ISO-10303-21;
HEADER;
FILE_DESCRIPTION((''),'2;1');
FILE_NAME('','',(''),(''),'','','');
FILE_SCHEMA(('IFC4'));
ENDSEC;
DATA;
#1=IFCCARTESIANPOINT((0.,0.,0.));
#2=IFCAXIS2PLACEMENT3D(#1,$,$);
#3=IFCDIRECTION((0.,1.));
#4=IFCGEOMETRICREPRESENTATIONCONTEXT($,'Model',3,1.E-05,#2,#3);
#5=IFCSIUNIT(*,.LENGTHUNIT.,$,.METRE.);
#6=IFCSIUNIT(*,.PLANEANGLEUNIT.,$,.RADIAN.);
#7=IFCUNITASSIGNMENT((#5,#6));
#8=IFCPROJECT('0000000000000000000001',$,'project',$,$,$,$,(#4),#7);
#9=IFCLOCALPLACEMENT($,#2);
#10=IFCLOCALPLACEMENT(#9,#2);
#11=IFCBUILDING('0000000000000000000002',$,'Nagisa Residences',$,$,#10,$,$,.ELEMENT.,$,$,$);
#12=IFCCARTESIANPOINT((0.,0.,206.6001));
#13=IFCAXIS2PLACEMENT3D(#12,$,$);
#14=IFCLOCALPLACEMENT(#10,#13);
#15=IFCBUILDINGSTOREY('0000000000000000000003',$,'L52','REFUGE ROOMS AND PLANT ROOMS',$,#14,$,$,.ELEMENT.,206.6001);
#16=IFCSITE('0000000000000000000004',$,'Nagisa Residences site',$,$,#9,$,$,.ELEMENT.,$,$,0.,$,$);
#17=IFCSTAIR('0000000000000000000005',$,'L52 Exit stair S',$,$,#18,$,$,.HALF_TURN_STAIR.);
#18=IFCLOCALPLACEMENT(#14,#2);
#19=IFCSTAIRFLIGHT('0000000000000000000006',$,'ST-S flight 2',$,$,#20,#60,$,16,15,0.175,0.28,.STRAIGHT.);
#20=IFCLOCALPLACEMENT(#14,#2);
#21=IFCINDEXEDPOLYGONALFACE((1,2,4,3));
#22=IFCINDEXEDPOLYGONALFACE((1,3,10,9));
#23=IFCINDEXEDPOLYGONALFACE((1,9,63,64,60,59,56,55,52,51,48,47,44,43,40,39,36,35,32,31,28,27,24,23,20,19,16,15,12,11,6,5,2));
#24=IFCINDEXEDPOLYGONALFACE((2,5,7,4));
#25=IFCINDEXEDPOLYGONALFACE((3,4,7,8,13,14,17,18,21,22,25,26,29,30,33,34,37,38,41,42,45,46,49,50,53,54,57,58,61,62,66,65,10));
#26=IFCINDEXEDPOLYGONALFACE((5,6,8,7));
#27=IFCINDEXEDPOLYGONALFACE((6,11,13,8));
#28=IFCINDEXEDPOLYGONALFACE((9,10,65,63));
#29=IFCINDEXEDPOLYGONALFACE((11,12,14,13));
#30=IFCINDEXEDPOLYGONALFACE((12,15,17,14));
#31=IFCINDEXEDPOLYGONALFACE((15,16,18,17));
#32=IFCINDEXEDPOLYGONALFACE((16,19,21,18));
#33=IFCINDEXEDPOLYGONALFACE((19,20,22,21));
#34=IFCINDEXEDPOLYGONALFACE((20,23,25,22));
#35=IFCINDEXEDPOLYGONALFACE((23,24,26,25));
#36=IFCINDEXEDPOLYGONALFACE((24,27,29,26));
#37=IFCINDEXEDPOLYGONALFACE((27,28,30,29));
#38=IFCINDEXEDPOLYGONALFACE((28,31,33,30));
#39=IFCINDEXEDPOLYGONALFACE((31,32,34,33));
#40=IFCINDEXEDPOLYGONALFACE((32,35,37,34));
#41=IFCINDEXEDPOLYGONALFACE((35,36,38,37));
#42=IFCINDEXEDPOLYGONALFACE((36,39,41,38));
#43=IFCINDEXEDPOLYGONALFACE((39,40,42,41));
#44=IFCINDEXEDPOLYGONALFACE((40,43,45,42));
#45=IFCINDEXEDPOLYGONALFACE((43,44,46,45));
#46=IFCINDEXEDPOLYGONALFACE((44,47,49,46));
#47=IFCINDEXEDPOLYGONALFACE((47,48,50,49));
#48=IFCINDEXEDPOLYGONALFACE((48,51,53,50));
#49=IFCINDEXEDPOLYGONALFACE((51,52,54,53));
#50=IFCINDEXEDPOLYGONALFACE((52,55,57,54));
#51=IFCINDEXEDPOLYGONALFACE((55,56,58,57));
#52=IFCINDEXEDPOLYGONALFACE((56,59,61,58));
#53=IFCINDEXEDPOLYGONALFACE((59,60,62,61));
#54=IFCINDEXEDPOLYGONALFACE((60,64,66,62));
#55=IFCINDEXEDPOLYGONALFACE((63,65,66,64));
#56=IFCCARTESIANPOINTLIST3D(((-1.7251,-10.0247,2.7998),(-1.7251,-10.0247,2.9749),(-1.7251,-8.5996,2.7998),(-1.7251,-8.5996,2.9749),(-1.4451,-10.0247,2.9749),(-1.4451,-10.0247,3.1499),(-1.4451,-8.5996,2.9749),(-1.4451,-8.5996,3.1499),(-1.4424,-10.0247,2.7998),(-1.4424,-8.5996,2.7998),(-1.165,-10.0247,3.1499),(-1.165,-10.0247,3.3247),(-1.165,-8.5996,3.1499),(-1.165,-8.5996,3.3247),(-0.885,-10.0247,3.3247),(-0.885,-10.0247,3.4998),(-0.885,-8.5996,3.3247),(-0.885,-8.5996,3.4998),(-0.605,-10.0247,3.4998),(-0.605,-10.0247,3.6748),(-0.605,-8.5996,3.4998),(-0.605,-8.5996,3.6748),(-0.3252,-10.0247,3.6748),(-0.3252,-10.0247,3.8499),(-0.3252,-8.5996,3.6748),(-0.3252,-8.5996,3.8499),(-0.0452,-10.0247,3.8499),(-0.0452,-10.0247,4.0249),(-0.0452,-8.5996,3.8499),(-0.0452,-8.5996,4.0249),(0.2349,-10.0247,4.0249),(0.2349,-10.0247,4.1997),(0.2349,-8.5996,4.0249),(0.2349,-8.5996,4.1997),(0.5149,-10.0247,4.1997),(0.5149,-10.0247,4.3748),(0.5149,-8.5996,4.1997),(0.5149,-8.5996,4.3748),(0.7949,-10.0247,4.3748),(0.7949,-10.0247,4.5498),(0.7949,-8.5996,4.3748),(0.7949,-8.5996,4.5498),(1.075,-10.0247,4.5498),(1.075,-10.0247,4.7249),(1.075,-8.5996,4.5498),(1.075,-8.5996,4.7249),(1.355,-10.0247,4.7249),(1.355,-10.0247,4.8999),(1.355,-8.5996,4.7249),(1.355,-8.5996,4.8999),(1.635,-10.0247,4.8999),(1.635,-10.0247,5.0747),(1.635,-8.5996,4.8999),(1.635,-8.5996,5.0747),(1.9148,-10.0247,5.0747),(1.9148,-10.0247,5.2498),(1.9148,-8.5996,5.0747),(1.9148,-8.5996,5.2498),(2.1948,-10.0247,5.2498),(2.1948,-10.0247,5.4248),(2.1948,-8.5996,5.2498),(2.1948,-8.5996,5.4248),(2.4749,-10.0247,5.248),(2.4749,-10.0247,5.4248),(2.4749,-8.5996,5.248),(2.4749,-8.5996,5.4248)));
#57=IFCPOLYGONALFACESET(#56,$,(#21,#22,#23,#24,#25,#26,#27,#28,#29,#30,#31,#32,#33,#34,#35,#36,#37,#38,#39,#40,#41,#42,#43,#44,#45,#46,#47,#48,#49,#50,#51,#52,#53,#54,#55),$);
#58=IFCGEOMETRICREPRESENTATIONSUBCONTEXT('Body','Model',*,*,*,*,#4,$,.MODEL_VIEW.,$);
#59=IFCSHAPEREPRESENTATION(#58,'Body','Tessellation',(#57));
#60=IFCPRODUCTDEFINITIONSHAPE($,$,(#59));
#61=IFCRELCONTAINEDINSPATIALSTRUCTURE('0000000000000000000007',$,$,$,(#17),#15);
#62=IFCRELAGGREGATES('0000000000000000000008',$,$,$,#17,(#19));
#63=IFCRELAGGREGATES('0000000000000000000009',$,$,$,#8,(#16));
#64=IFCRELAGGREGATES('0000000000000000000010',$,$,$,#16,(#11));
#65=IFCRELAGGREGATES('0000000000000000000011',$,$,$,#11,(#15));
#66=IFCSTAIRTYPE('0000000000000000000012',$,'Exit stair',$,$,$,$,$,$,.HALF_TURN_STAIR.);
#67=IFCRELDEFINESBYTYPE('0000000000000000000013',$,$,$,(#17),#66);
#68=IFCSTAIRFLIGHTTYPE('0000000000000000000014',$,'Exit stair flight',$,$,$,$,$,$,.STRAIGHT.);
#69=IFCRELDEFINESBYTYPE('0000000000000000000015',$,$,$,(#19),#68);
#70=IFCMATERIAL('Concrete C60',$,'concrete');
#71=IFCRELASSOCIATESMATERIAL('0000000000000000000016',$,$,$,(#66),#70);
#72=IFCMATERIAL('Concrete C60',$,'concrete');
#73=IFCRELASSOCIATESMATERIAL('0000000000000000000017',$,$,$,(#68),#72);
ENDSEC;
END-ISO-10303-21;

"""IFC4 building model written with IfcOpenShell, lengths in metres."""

from ifc_helpers import new_model, si_unit, direction, frame, origin, place, context, subcontext, project, spatial, polyline, outline, extrude, material, type_object, element, aggregate, save


model = new_model("IFC4")

# Units and contexts
model_context = context("Model", 3, precision=1e-05, world=origin(), true_north=direction((0.0, 1.0)))
body_context = subcontext(model_context, "Body", "Model", "MODEL_VIEW")
ifc_project = project(units=[si_unit("LENGTHUNIT", "METRE"), si_unit("PLANEANGLEUNIT", "RADIAN")], contexts=[model_context])

# Site, building, storey
site_placement = place(None, origin())
site = spatial("IfcSite", under=ifc_project, at=site_placement, Name="Nagisa Residences site", CompositionType="ELEMENT", RefElevation=0.0)
building_placement = place(site_placement, origin())
building = spatial("IfcBuilding", under=site, at=building_placement, Name="Nagisa Residences", CompositionType="ELEMENT")
storey_placement = place(building_placement, frame((0.0, 0.0, 206.6001)))
storey = spatial("IfcBuildingStorey", under=building, at=storey_placement, Name="L52", Description="REFUGE ROOMS AND PLANT ROOMS", CompositionType="ELEMENT", Elevation=206.6001)

# Shared definitions
ifc_material_1 = material(Name="Concrete C60", Category="concrete")
stair_type = type_object("IfcStairType", Name="Exit stair", PredefinedType="HALF_TURN_STAIR", material=ifc_material_1)

# Stair, stair flight
stair_1_placement = place(storey_placement, origin())
stair_1 = element("IfcStair", 1, at=stair_1_placement, inside=storey, type_object=stair_type, Name="L52 Exit stair S", PredefinedType="HALF_TURN_STAIR")
ifc_material_2 = material(Name="Concrete C60", Category="concrete")
stair_flight_type = type_object("IfcStairFlightType", Name="Exit stair flight", PredefinedType="STRAIGHT", material=ifc_material_2)
stair_flight_placement = place(storey_placement, frame((-1.7251, -9.312, 2.7998), z_axis=(0.0, 0.0, 1.0), x_axis=(1.0, 0.0, 0.0)))
stair_flight = element("IfcStairFlight", 2, at=stair_flight_placement, type_object=stair_flight_type, Name="ST-S flight 2", NumberOfRisers=16, NumberOfTreads=15, PredefinedType="STRAIGHT", RiserHeight=0.175, TreadLength=0.28, context=body_context, shape_type="SweptSolid", body=[
    extrude(outline(polyline([(0.0, 0.0), (0.0, 0.175), (0.28, 0.175), (0.28, 0.3501), (0.5601, 0.3501), (0.5601, 0.5249), (0.8401, 0.5249), (0.8401, 0.7), (1.1201, 0.7), (1.1201, 0.875), (1.3999, 0.875), (1.3999, 1.05), (1.6799, 1.05), (1.6799, 1.2251), (1.96, 1.2251), (1.96, 1.3999), (2.24, 1.3999), (2.24, 1.575), (2.52, 1.575), (2.52, 1.75), (2.8, 1.75), (2.8, 1.925), (3.0801, 1.925), (3.0801, 2.1001), (3.3601, 2.1001), (3.3601, 2.2749), (3.6399, 2.2749), (3.6399, 2.45), (3.9199, 2.45), (3.9199, 2.625), (4.2, 2.625), (4.2, 2.8), (4.2, 2.4482), (0.2827, 0.0), (0.0, 0.0)])), frame((0.0, 0.7124, 0.0), z_axis=(0.0, -1.0, 0.0), x_axis=(1.0, 0.0, 0.0)), (0.0, 0.0, 1.0), 1.425),
])
aggregate(stair_1, [stair_flight])

save(model, "model.ifc")
